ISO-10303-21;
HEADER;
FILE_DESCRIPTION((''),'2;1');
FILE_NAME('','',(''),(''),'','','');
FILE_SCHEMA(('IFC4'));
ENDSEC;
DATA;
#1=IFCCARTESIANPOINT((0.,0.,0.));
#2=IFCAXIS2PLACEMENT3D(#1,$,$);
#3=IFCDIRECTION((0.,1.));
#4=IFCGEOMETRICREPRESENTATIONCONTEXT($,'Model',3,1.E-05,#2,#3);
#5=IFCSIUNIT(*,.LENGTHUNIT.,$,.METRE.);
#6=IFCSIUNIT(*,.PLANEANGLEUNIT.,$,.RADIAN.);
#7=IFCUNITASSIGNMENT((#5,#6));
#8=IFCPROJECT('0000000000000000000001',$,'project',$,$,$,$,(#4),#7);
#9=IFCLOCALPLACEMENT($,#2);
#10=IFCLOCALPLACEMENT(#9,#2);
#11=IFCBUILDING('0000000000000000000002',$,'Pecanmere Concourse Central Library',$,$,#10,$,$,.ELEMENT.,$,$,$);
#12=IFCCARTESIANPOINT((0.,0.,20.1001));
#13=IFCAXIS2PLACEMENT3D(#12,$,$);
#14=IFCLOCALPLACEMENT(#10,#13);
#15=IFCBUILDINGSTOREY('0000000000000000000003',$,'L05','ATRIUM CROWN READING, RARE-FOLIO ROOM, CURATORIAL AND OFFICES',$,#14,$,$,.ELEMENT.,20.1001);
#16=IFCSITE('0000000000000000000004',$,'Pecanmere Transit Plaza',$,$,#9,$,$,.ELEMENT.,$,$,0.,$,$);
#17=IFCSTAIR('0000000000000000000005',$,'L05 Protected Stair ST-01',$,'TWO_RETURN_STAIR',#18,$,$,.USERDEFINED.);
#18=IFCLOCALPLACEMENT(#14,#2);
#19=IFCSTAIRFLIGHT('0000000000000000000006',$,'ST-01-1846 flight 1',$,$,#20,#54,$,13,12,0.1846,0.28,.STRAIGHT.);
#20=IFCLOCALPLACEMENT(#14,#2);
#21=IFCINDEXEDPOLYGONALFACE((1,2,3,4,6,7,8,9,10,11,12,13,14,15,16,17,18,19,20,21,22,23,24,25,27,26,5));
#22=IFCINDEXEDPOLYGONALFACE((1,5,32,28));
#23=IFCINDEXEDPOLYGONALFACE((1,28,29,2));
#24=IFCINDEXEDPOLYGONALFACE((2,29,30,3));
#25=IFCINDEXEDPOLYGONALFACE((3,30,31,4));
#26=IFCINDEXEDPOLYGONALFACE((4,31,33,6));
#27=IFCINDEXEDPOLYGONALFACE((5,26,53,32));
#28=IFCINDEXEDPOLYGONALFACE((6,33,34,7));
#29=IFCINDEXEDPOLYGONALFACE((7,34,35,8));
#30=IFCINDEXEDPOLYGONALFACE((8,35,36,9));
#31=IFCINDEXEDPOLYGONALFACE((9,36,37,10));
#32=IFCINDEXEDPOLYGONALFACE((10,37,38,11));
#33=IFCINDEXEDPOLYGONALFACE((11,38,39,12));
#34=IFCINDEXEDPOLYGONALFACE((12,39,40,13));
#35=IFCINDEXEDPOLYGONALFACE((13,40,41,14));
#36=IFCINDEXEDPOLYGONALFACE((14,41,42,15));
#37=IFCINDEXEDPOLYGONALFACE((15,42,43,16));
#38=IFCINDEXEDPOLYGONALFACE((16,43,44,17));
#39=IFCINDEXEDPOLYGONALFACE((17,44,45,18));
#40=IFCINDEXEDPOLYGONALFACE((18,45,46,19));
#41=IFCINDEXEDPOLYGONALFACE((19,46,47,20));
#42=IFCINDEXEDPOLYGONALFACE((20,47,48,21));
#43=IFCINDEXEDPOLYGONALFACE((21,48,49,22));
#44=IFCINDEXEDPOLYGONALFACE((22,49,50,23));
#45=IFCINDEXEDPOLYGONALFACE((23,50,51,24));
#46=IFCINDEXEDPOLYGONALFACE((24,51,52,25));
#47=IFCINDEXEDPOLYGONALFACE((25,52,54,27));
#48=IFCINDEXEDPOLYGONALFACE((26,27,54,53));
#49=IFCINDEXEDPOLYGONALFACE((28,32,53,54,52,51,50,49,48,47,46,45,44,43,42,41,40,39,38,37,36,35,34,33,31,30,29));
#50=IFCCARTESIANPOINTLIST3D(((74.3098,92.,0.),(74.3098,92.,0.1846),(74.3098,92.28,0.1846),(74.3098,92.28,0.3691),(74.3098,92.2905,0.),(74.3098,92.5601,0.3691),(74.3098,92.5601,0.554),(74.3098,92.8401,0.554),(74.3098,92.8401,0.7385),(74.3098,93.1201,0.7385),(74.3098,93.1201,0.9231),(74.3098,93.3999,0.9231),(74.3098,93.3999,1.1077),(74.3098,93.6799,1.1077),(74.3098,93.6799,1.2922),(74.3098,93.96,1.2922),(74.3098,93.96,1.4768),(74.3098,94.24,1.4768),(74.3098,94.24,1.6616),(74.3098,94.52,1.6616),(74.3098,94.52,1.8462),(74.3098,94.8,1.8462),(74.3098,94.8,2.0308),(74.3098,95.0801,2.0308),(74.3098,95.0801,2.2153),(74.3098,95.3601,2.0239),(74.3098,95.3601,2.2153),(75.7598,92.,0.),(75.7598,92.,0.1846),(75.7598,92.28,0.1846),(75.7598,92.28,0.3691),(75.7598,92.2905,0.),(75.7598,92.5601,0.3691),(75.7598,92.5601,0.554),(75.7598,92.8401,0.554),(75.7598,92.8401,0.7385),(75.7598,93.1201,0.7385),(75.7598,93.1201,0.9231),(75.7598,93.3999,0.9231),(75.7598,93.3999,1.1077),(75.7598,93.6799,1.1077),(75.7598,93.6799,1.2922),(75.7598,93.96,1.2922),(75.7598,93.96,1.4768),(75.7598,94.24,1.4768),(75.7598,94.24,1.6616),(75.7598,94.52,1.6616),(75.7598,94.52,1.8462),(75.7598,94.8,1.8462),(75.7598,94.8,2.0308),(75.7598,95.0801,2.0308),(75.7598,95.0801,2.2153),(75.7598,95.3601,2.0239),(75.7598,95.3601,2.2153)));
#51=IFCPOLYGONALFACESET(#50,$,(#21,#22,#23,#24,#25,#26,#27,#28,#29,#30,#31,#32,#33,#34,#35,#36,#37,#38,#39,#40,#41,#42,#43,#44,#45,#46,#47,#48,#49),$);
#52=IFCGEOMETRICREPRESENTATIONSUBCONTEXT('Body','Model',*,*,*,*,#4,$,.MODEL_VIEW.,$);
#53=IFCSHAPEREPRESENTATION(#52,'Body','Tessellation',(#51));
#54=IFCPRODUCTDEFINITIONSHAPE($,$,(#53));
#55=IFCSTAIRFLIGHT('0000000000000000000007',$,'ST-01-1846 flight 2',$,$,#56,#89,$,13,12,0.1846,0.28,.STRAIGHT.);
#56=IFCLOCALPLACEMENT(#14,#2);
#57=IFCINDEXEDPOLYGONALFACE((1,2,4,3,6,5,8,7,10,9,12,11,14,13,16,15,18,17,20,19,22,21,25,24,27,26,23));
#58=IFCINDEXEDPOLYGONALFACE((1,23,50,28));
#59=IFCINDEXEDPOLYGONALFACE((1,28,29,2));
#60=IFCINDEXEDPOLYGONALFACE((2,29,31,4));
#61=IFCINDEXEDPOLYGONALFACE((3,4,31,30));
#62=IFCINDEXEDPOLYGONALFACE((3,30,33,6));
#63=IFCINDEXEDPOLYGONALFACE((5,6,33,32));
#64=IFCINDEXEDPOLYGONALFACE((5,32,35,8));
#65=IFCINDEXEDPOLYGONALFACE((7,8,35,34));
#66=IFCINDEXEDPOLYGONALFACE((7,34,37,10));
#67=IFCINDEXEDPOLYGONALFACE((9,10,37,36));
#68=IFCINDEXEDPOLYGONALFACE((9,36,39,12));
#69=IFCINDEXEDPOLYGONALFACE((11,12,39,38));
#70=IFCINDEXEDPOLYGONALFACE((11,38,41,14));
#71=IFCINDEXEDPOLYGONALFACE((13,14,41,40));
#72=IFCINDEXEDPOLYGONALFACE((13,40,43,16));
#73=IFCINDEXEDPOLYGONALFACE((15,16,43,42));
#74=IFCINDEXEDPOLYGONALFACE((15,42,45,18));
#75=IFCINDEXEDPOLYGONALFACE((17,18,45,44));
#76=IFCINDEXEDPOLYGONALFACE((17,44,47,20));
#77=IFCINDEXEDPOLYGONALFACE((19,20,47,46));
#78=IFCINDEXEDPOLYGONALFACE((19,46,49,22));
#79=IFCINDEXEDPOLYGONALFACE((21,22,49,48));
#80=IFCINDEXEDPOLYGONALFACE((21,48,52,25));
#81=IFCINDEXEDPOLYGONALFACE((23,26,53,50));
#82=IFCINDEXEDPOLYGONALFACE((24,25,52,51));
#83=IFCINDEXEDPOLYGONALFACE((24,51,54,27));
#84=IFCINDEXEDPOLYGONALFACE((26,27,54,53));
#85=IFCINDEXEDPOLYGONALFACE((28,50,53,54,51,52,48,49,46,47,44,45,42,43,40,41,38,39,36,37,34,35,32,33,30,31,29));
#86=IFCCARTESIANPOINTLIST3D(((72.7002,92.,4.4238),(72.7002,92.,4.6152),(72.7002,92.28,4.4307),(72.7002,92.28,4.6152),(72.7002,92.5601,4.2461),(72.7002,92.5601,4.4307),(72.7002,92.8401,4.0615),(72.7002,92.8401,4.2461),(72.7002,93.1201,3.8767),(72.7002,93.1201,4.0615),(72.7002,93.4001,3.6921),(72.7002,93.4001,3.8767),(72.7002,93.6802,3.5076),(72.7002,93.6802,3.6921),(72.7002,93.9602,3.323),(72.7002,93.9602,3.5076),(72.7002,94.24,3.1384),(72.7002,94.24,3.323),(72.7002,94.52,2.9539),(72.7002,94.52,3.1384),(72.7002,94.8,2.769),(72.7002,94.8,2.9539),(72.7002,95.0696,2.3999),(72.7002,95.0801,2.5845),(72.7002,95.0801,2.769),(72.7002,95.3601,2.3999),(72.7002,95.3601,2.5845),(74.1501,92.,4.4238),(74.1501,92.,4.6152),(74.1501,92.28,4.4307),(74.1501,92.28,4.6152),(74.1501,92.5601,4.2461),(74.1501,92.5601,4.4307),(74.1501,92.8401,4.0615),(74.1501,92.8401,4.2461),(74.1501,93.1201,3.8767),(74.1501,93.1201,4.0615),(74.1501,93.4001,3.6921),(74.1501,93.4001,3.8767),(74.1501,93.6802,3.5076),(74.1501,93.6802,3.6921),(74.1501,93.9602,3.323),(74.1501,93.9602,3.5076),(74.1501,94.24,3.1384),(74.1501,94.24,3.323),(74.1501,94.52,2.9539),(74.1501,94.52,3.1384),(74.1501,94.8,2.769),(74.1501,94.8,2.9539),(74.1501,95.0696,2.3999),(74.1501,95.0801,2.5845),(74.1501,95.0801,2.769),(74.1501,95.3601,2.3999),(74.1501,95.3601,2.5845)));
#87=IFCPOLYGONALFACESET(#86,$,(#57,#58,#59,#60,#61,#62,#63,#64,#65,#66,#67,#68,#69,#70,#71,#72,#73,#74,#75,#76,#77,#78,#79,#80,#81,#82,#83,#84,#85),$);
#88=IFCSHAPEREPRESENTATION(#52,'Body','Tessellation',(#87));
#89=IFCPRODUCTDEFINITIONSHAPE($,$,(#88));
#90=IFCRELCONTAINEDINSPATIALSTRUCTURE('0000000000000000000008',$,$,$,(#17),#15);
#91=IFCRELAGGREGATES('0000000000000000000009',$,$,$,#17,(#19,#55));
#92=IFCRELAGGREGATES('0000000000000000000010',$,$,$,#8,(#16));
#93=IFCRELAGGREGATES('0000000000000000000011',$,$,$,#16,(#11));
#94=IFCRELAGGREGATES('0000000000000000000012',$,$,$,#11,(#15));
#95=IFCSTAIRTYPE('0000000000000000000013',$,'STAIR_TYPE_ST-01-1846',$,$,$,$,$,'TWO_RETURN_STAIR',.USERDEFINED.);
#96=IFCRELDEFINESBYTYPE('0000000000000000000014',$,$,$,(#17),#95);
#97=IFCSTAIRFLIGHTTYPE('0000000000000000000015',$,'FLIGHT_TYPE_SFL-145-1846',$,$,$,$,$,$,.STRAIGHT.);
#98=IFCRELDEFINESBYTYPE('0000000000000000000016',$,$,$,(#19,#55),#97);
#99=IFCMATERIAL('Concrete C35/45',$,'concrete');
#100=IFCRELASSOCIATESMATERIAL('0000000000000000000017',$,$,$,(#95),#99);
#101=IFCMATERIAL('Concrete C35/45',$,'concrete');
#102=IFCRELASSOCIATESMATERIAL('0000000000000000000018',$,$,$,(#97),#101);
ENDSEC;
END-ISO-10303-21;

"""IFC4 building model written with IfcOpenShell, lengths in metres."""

from ifc_helpers import new_model, si_unit, direction, frame, origin, place, context, subcontext, project, spatial, polyline, outline, extrude, material, type_object, element, aggregate, save


model = new_model("IFC4")

# Units and contexts
model_context = context("Model", 3, precision=1e-05, world=origin(), true_north=direction((0.0, 1.0)))
body_context = subcontext(model_context, "Body", "Model", "MODEL_VIEW")
ifc_project = project(units=[si_unit("LENGTHUNIT", "METRE"), si_unit("PLANEANGLEUNIT", "RADIAN")], contexts=[model_context])

# Site, building, storey
site_placement = place(None, origin())
site = spatial("IfcSite", under=ifc_project, at=site_placement, Name="Pecanmere Transit Plaza", CompositionType="ELEMENT", RefElevation=0.0)
building_placement = place(site_placement, origin())
building = spatial("IfcBuilding", under=site, at=building_placement, Name="Pecanmere Concourse Central Library", CompositionType="ELEMENT")
storey_placement = place(building_placement, frame((0.0, 0.0, 20.1001)))
storey = spatial("IfcBuildingStorey", under=building, at=storey_placement, Name="L05", Description="ATRIUM CROWN READING, RARE-FOLIO ROOM, CURATORIAL AND OFFICES", CompositionType="ELEMENT", Elevation=20.1001)

# Stair, stair flights
ifc_material_1 = material(Name="Concrete C35/45", Category="concrete")
stair_type = type_object("IfcStairType", Name="STAIR_TYPE_ST-01-1846", ElementType="TWO_RETURN_STAIR", PredefinedType="USERDEFINED", material=ifc_material_1)
stair_placement = place(storey_placement, origin())
stair = element("IfcStair", 1, at=stair_placement, inside=storey, type_object=stair_type, Name="L05 Protected Stair ST-01", ObjectType="TWO_RETURN_STAIR", PredefinedType="USERDEFINED")
ifc_material_2 = material(Name="Concrete C35/45", Category="concrete")
stair_flight_type = type_object("IfcStairFlightType", Name="FLIGHT_TYPE_SFL-145-1846", PredefinedType="STRAIGHT", material=ifc_material_2)
stair_flight_1_placement = place(storey_placement, frame((75.0349, 92.0, 0.0), z_axis=(0.0, 0.0, 1.0), x_axis=(0.0, 1.0, 0.0)))
stair_flight_1 = element("IfcStairFlight", 2, at=stair_flight_1_placement, type_object=stair_flight_type, Name="ST-01-1846 flight 1", NumberOfRisers=13, NumberOfTreads=12, PredefinedType="STRAIGHT", RiserHeight=0.1846, TreadLength=0.28, context=body_context, shape_type="SweptSolid", body=[
    extrude(outline(polyline([(0.0, 0.0), (0.0, 0.1846), (0.28, 0.1846), (0.28, 0.3691), (0.5601, 0.3691), (0.5601, 0.554), (0.8401, 0.554), (0.8401, 0.7385), (1.1201, 0.7385), (1.1201, 0.9231), (1.3999, 0.9231), (1.3999, 1.1077), (1.6799, 1.1077), (1.6799, 1.2922), (1.96, 1.2922), (1.96, 1.4768), (2.24, 1.4768), (2.24, 1.6616), (2.52, 1.6616), (2.52, 1.8462), (2.8, 1.8462), (2.8, 2.0308), (3.0801, 2.0308), (3.0801, 2.2153), (3.3601, 2.2153), (3.3601, 2.3999), (3.3601, 2.0239), (0.2905, 0.0), (0.0, 0.0)])), frame((0.0, 0.7251, 0.0), z_axis=(0.0, -1.0, 0.0), x_axis=(1.0, 0.0, 0.0)), (0.0, 0.0, 1.0), 1.45),
])
stair_flight_2_placement = place(storey_placement, frame((73.425, 95.3601, 2.3999), z_axis=(0.0, 0.0, 1.0), x_axis=(0.0, -1.0, 0.0)))
stair_flight_2 = element("IfcStairFlight", 3, at=stair_flight_2_placement, type_object=stair_flight_type, Name="ST-01-1846 flight 2", NumberOfRisers=13, NumberOfTreads=12, PredefinedType="STRAIGHT", RiserHeight=0.1846, TreadLength=0.28, context=body_context, shape_type="SweptSolid", body=[
    extrude(outline(polyline([(0.0, 0.0), (0.0, 0.1846), (0.28, 0.1846), (0.28, 0.3691), (0.5601, 0.3691), (0.5601, 0.554), (0.8401, 0.554), (0.8401, 0.7385), (1.1201, 0.7385), (1.1201, 0.9231), (1.3999, 0.9231), (1.3999, 1.1077), (1.6799, 1.1077), (1.6799, 1.2922), (1.96, 1.2922), (1.96, 1.4768), (2.24, 1.4768), (2.24, 1.6616), (2.52, 1.6616), (2.52, 1.8462), (2.8, 1.8462), (2.8, 2.0308), (3.0801, 2.0308), (3.0801, 2.2153), (3.3601, 2.2153), (3.3601, 2.3999), (3.3601, 2.0239), (0.2905, 0.0), (0.0, 0.0)])), frame((0.0, 0.7251, 0.0), z_axis=(0.0, -1.0, 0.0), x_axis=(1.0, 0.0, 0.0)), (0.0, 0.0, 1.0), 1.45),
])
aggregate(stair, [stair_flight_1, stair_flight_2])

save(model, "model.ifc")
